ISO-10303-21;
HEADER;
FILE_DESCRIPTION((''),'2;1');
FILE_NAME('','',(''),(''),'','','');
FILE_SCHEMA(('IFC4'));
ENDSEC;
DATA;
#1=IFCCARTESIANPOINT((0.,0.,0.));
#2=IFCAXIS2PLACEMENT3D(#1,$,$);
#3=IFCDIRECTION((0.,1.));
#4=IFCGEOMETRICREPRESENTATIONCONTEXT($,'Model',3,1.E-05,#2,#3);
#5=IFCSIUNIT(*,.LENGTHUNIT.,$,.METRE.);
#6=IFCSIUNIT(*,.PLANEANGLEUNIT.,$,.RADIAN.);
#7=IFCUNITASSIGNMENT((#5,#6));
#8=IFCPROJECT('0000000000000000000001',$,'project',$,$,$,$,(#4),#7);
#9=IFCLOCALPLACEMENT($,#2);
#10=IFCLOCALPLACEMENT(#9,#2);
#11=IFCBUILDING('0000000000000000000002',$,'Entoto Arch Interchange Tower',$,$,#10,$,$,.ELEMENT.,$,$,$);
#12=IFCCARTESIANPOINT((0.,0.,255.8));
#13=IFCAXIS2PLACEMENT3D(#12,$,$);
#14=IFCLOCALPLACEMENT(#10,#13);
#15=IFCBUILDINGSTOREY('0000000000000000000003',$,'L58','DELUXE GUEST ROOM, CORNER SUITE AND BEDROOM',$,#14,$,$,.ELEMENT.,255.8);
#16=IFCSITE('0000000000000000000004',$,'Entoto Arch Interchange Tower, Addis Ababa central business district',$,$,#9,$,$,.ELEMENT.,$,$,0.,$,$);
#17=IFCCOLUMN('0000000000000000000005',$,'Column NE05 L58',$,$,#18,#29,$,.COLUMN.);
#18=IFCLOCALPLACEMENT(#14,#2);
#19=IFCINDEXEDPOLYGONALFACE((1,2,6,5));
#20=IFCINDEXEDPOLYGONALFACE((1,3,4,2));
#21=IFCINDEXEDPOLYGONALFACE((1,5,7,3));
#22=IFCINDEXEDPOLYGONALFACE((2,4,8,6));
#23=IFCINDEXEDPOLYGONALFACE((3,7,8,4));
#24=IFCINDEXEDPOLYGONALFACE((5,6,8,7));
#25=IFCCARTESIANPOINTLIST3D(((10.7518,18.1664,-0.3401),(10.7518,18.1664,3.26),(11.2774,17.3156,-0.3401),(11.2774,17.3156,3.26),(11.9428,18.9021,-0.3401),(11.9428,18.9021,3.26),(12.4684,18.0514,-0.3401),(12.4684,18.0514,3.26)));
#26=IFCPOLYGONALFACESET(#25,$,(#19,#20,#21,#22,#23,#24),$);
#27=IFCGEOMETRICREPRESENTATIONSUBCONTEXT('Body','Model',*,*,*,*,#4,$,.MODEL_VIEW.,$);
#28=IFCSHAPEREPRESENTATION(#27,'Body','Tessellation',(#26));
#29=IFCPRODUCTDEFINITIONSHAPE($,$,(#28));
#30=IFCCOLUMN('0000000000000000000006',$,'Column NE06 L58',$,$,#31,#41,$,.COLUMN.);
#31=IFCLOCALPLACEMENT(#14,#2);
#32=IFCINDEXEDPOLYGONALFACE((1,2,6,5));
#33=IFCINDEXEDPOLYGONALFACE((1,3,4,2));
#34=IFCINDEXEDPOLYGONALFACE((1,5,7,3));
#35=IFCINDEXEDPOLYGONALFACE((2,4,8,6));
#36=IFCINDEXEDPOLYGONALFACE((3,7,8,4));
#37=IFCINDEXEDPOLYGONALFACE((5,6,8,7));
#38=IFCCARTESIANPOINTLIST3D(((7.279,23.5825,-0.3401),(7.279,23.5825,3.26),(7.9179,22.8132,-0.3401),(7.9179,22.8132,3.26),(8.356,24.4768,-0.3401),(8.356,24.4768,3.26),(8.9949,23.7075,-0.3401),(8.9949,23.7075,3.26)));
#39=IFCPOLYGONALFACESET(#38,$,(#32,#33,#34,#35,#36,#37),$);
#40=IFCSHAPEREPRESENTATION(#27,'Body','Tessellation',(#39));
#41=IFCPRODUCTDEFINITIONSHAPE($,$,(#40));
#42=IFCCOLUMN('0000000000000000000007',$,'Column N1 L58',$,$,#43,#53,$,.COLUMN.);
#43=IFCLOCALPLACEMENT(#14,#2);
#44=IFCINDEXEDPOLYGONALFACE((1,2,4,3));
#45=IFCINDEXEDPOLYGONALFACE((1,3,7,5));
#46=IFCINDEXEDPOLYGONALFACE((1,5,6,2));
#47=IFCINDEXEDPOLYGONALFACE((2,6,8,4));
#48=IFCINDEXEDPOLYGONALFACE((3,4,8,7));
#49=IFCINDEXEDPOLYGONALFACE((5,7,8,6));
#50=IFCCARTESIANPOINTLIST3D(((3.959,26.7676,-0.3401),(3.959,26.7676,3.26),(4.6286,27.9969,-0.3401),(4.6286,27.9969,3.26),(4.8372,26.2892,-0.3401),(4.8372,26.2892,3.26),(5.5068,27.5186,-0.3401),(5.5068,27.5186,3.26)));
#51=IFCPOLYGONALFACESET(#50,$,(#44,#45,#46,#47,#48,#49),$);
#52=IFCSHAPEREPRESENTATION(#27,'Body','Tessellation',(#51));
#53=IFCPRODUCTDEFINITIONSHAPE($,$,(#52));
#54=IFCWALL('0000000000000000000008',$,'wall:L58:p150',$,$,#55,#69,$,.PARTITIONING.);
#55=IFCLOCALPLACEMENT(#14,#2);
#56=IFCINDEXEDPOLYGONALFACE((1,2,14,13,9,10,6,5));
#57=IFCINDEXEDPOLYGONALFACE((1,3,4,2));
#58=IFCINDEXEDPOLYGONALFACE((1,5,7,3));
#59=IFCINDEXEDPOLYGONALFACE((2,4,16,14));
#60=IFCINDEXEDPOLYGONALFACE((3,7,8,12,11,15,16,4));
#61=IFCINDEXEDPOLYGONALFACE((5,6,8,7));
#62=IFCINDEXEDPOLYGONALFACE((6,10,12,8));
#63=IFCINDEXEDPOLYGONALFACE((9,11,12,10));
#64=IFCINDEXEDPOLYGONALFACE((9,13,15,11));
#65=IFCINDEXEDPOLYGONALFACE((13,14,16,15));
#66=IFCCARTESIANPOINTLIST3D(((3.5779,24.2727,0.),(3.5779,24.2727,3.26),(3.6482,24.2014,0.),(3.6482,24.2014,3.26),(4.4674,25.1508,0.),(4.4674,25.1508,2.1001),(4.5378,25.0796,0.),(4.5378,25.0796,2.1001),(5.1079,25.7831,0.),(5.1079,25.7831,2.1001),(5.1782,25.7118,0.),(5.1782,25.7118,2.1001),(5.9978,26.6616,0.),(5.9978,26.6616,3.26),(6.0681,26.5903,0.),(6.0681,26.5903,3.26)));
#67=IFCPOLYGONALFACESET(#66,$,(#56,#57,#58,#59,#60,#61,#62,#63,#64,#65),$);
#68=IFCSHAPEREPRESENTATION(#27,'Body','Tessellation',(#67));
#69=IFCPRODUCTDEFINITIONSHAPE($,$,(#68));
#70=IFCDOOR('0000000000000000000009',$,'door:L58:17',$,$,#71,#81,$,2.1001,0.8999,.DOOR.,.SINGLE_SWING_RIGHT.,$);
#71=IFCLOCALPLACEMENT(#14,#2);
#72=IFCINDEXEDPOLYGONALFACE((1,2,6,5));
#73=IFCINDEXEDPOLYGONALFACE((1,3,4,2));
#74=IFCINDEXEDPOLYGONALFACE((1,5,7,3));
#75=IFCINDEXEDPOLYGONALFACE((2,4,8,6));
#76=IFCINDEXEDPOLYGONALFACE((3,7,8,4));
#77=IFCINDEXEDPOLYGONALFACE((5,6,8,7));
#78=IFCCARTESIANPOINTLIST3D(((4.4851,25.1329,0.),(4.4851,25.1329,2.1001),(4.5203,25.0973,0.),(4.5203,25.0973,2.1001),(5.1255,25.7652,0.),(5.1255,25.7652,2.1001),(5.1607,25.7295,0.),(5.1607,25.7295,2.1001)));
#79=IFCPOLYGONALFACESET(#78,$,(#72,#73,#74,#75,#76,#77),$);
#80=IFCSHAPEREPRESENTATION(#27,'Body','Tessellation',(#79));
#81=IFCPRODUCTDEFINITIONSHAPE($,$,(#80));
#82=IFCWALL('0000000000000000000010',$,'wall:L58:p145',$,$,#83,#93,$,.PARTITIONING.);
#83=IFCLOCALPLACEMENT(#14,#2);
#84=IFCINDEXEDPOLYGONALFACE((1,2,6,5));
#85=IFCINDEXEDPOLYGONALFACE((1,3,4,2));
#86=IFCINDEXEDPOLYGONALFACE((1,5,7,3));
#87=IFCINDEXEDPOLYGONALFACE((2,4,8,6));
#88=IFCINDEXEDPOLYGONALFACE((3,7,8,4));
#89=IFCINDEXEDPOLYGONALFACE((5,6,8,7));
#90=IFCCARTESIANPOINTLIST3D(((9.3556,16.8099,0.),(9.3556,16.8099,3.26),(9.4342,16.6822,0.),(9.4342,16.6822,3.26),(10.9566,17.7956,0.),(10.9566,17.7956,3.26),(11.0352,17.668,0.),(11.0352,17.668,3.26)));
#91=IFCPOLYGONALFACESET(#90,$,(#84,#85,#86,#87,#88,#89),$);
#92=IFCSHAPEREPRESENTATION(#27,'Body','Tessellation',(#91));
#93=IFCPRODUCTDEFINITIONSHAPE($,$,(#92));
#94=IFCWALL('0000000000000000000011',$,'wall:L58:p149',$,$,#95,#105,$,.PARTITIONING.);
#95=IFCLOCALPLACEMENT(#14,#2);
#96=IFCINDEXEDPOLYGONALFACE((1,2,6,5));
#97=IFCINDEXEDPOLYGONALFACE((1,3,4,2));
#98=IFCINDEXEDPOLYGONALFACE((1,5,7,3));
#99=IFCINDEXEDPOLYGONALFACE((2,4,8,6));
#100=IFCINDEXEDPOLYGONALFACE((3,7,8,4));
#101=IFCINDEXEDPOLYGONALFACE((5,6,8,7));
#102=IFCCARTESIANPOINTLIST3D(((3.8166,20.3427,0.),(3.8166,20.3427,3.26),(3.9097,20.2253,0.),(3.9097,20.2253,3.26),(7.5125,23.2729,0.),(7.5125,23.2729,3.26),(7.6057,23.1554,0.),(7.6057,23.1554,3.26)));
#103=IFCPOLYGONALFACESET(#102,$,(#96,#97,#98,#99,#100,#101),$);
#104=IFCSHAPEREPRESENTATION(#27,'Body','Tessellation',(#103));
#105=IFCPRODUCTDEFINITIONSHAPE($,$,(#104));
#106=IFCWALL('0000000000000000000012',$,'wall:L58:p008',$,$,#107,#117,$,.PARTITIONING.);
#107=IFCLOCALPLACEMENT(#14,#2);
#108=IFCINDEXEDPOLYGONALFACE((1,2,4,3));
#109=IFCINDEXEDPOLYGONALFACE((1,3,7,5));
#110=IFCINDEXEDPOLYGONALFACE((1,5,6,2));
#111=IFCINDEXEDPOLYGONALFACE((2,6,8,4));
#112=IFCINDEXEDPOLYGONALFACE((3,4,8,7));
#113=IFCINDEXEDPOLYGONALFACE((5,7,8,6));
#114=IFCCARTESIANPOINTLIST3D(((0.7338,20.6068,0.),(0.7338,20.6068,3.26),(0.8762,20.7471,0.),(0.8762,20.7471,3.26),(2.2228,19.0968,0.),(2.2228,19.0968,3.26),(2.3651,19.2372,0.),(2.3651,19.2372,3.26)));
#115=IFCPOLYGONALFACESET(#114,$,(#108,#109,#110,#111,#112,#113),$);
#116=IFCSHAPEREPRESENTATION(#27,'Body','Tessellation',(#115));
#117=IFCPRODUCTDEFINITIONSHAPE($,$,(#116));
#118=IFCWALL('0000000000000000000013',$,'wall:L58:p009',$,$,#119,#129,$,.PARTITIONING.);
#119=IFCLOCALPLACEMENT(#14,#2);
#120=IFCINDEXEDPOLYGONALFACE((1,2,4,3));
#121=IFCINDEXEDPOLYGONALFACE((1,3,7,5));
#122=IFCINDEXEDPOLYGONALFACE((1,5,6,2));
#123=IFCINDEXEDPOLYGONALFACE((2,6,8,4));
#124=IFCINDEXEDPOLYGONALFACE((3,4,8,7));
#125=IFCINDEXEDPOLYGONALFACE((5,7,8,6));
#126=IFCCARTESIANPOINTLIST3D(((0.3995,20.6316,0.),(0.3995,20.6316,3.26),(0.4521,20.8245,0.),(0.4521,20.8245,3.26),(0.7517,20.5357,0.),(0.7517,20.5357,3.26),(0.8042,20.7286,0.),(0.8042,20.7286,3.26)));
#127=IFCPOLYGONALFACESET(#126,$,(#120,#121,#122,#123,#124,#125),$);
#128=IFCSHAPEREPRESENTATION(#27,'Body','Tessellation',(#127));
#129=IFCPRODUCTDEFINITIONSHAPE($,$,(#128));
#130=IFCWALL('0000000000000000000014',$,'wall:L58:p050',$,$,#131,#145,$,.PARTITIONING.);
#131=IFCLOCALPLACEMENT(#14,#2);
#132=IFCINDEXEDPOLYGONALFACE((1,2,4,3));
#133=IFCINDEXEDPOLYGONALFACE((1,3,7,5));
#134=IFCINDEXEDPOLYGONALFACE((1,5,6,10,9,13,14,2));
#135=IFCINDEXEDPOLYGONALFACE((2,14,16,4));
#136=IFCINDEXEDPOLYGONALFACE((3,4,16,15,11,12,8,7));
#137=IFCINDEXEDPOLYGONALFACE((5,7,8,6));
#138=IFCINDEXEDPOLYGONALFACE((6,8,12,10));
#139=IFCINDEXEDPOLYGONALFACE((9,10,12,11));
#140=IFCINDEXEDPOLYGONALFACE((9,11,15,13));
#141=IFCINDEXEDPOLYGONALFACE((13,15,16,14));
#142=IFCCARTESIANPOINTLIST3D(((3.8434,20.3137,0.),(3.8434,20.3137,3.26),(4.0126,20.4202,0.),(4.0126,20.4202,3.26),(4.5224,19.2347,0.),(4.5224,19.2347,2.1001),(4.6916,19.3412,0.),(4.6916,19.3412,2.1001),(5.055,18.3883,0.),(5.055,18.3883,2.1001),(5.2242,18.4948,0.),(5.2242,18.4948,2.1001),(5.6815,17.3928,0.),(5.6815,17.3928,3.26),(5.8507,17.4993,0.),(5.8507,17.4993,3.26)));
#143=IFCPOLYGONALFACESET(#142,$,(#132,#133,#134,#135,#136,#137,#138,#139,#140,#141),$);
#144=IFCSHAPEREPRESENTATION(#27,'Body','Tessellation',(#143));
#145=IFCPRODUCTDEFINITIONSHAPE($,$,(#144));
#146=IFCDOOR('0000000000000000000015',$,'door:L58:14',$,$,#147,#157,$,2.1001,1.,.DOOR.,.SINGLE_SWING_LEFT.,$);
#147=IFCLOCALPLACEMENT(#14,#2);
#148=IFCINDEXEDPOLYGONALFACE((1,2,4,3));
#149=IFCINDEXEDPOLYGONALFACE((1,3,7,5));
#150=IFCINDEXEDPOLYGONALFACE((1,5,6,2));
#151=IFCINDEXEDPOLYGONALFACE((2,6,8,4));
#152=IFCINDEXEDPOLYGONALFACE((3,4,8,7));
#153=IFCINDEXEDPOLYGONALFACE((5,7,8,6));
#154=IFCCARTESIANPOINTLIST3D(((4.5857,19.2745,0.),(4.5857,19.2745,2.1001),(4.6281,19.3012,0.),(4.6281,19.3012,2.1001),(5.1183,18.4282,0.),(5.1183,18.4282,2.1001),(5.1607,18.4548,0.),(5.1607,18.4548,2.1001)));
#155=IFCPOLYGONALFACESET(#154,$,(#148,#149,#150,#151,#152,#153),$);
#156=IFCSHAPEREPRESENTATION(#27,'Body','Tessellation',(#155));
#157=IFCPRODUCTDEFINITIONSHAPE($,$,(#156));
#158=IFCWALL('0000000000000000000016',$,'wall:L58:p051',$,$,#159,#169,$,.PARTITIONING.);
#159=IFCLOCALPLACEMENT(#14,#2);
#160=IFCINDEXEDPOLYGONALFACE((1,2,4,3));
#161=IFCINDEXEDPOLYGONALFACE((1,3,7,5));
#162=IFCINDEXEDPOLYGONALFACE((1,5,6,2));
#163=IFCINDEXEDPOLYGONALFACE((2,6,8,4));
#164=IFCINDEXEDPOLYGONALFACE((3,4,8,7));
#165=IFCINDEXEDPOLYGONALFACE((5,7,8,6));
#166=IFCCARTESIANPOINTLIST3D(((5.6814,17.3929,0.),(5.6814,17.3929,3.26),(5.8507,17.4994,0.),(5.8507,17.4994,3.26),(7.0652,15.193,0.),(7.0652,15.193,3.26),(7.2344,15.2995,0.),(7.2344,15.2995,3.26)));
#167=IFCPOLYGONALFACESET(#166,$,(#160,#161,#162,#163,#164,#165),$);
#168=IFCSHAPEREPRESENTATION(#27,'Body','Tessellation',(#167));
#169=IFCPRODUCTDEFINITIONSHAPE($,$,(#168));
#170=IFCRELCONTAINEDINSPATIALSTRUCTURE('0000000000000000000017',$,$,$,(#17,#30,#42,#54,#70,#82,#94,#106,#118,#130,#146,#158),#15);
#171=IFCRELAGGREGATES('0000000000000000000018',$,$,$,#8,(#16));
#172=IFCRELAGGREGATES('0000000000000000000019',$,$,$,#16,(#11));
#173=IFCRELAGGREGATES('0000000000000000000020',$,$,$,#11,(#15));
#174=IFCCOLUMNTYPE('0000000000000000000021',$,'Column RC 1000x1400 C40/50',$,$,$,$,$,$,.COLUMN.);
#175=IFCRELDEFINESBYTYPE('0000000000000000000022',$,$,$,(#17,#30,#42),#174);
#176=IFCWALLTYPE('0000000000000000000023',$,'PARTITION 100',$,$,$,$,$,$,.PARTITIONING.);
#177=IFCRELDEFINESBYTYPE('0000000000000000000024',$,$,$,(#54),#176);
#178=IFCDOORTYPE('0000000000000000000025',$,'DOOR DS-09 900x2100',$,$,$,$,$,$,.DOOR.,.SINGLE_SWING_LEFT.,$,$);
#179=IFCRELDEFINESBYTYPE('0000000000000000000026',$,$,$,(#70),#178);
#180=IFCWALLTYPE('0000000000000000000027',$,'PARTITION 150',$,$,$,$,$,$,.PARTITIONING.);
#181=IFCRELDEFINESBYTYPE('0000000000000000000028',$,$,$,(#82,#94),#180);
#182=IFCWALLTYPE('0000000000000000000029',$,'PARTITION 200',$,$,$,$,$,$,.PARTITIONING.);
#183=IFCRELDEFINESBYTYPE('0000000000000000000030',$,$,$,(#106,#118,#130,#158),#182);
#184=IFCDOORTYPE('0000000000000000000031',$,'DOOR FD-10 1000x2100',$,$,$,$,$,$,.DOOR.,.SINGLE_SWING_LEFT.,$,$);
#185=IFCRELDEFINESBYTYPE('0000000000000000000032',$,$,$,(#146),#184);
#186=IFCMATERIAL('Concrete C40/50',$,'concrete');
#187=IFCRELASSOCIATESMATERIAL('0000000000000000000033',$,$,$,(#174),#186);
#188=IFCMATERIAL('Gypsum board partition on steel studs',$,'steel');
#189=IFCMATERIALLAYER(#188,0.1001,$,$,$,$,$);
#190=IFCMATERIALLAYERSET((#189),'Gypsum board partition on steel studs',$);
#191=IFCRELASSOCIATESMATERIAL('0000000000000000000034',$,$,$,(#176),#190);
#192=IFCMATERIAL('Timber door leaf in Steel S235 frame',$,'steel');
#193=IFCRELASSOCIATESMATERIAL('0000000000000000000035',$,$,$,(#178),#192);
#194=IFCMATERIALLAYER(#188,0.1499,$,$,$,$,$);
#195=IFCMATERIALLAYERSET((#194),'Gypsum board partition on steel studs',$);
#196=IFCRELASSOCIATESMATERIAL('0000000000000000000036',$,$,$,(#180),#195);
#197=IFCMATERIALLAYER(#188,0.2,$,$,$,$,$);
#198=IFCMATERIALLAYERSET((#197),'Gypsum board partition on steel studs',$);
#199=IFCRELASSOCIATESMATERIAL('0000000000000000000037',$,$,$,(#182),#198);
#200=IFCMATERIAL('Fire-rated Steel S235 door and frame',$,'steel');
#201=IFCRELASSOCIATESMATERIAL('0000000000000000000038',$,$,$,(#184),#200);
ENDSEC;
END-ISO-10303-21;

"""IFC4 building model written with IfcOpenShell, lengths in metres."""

from ifc_helpers import new_model, si_unit, direction, frame, frame_2d, origin, origin_2d, place, context, subcontext, project, spatial, rectangle, extrude, material, layer, layer_set, material_profile, profile_set, type_object, element, fill, save


model = new_model("IFC4")

# Units and contexts
model_context = context("Model", 3, precision=1e-05, world=origin(), true_north=direction((0.0, 1.0)))
body_context = subcontext(model_context, "Body", "Model", "MODEL_VIEW")
ifc_project = project(units=[si_unit("LENGTHUNIT", "METRE"), si_unit("PLANEANGLEUNIT", "RADIAN")], contexts=[model_context])

# Site, building, storey
site_placement = place(None, origin())
site = spatial("IfcSite", under=ifc_project, at=site_placement, Name="Entoto Arch Interchange Tower, Addis Ababa central business district", CompositionType="ELEMENT", RefElevation=0.0)
building_placement = place(site_placement, origin())
building = spatial("IfcBuilding", under=site, at=building_placement, Name="Entoto Arch Interchange Tower", CompositionType="ELEMENT")
storey_placement = place(building_placement, frame((0.0, 0.0, 255.8)))
storey = spatial("IfcBuildingStorey", under=building, at=storey_placement, Name="L58", Description="DELUXE GUEST ROOM, CORNER SUITE AND BEDROOM", CompositionType="ELEMENT", Elevation=255.8)

# Columns
ifc_material_1 = material(Name="Concrete C40/50", Category="concrete")
ifc_material_profile = material_profile(ifc_material_1, rectangle(XDim=1.0, YDim=1.3999, at=origin_2d()))
ifc_profile_set = profile_set([ifc_material_profile], Name="Concrete C40/50")
column_type = type_object("IfcColumnType", Name="Column RC 1000x1400 C40/50", PredefinedType="COLUMN", material=ifc_profile_set)
for number, where, z_axis, x_axis, name in (
    (1, (11.6101, 18.1089, -0.3401), (0.0, 0.0, 1.0), (-0.525576, 0.850747, 0.0), "Column NE05 L58"),
    (2, (8.137, 23.645, -0.3401), (0.0, 0.0, 1.0), (-0.638835, 0.769344, 0.0), "Column NE06 L58"),
    (3, (4.7329, 27.1431, -0.3401), (0.0, 0.0, 1.0), (-0.878175, 0.478339, 0.0), "Column N1 L58"),
):
    element("IfcColumn", number, at=place(storey_placement, frame(where, z_axis=z_axis, x_axis=x_axis)), inside=storey, type_object=column_type, Name=name, PredefinedType="COLUMN", context=body_context, shape_type="SweptSolid", body=[
        extrude(rectangle(XDim=1.0, YDim=1.3999, at=origin_2d()), origin(), (0.0, 0.0, 1.0), 3.6001),
    ])

# Wall, opening, door
ifc_material_2 = material(Name="Gypsum board partition on steel studs", Category="steel")
ifc_layer_1 = layer(ifc_material_2, 0.1001)
ifc_layer_set_1 = layer_set([ifc_layer_1], Name="Gypsum board partition on steel studs")
wall_type_1 = type_object("IfcWallType", Name="PARTITION 100", PredefinedType="PARTITIONING", material=ifc_layer_set_1)
wall_1_placement = place(storey_placement, frame((3.613, 24.2371, 0.0), z_axis=(0.0, 0.0, 1.0), x_axis=(0.711651, 0.702533, 0.0)))
wall_1 = element("IfcWall", 4, at=wall_1_placement, inside=storey, type_object=wall_type_1, Name="wall:L58:p150", PredefinedType="PARTITIONING", context=body_context, shape_type="SweptSolid", body=[
    extrude(rectangle(XDim=3.4004, YDim=0.1001, at=frame_2d((1.7002, 0.0))), origin(), (0.0, 0.0, 1.0), 3.26),
])
opening_1_placement = place(wall_1_placement, frame((1.25, 0.0, 0.0)))
opening_1 = element("IfcOpeningElement", 5, at=opening_1_placement, cuts=wall_1, PredefinedType="OPENING", context=body_context, shape_type="SweptSolid", body=[
    extrude(rectangle(XDim=0.8999, YDim=2.1001, at=frame_2d((0.45, 1.05))), frame((0.0, 0.0601, 0.0), z_axis=(0.0, -1.0, 0.0), x_axis=(1.0, 0.0, 0.0)), (0.0, 0.0, 1.0), 0.1201),
])
ifc_material_3 = material(Name="Timber door leaf in Steel S235 frame", Category="steel")
door_type_1 = type_object("IfcDoorType", Name="DOOR DS-09 900x2100", OperationType="SINGLE_SWING_LEFT", PredefinedType="DOOR", material=ifc_material_3)
door_1_placement = place(opening_1_placement, origin())
door_1 = element("IfcDoor", 6, at=door_1_placement, inside=storey, type_object=door_type_1, Name="door:L58:17", OperationType="SINGLE_SWING_RIGHT", OverallHeight=2.1001, OverallWidth=0.8999, PredefinedType="DOOR", context=body_context, shape_type="SweptSolid", body=[
    extrude(rectangle(XDim=0.8999, YDim=2.1001, at=frame_2d((0.45, 1.05))), frame((0.0, 0.0249, 0.0), z_axis=(0.0, -1.0, 0.0), x_axis=(1.0, 0.0, 0.0)), (0.0, 0.0, 1.0), 0.05),
])
fill(opening_1, door_1)

# Walls
ifc_layer_2 = layer(ifc_material_2, 0.1499)
ifc_layer_set_2 = layer_set([ifc_layer_2], Name="Gypsum board partition on steel studs")
wall_type_2 = type_object("IfcWallType", Name="PARTITION 150", PredefinedType="PARTITIONING", material=ifc_layer_set_2)
wall_2_placement = place(storey_placement, frame((9.395, 16.7461, 0.0), z_axis=(0.0, 0.0, 1.0), x_axis=(0.851525, 0.524315, 0.0)))
element("IfcWall", 7, at=wall_2_placement, inside=storey, type_object=wall_type_2, Name="wall:L58:p145", PredefinedType="PARTITIONING", context=body_context, shape_type="SweptSolid", body=[
    extrude(rectangle(XDim=1.8801, YDim=0.1499, at=frame_2d((0.9399, 0.0))), origin(), (0.0, 0.0, 1.0), 3.26),
])
wall_3_placement = place(storey_placement, frame((3.863, 20.2839, 0.0), z_axis=(0.0, 0.0, 1.0), x_axis=(0.783618, 0.621242, 0.0)))
element("IfcWall", 8, at=wall_3_placement, inside=storey, type_object=wall_type_2, Name="wall:L58:p149", PredefinedType="PARTITIONING", context=body_context, shape_type="SweptSolid", body=[
    extrude(rectangle(XDim=4.7166, YDim=0.1499, at=frame_2d((2.3584, 0.0))), origin(), (0.0, 0.0, 1.0), 3.26),
])
ifc_layer_3 = layer(ifc_material_2, 0.2)
ifc_layer_set_3 = layer_set([ifc_layer_3], Name="Gypsum board partition on steel studs")
wall_type_3 = type_object("IfcWallType", Name="PARTITION 200", PredefinedType="PARTITIONING", material=ifc_layer_set_3)
wall_4_placement = place(storey_placement, frame((2.2939, 19.167, 0.0), z_axis=(0.0, 0.0, 1.0), x_axis=(-0.702139, 0.71204, 0.0)))
element("IfcWall", 9, at=wall_4_placement, inside=storey, type_object=wall_type_3, Name="wall:L58:p008", PredefinedType="PARTITIONING", context=body_context, shape_type="SweptSolid", body=[
    extrude(rectangle(XDim=2.1206, YDim=0.2, at=frame_2d((1.0603, 0.0))), origin(), (0.0, 0.0, 1.0), 3.26),
])
wall_5_placement = place(storey_placement, frame((0.7781, 20.6321, 0.0), z_axis=(0.0, 0.0, 1.0), x_axis=(-0.96481, 0.262948, 0.0)))
element("IfcWall", 10, at=wall_5_placement, inside=storey, type_object=wall_type_3, Name="wall:L58:p009", PredefinedType="PARTITIONING", context=body_context, shape_type="SweptSolid", body=[
    extrude(rectangle(XDim=0.365, YDim=0.2, at=frame_2d((0.1826, 0.0))), origin(), (0.0, 0.0, 1.0), 3.26),
])

# Wall, opening, door
wall_6_placement = place(storey_placement, frame((3.928, 20.3669, 0.0), z_axis=(0.0, 0.0, 1.0), x_axis=(0.532616, -0.846357, 0.0)))
wall_6 = element("IfcWall", 11, at=wall_6_placement, inside=storey, type_object=wall_type_3, Name="wall:L58:p050", PredefinedType="PARTITIONING", context=body_context, shape_type="SweptSolid", body=[
    extrude(rectangle(XDim=3.4512, YDim=0.2, at=frame_2d((1.7256, 0.0))), origin(), (0.0, 0.0, 1.0), 3.26),
])
opening_2_placement = place(wall_6_placement, frame((1.2749, 0.0, 0.0)))
opening_2 = element("IfcOpeningElement", 12, at=opening_2_placement, cuts=wall_6, PredefinedType="OPENING", context=body_context, shape_type="SweptSolid", body=[
    extrude(rectangle(XDim=1.0, YDim=2.1001, at=frame_2d((0.5, 1.05))), frame((0.0, 0.1099, 0.0), z_axis=(0.0, -1.0, 0.0), x_axis=(1.0, 0.0, 0.0)), (0.0, 0.0, 1.0), 0.22),
])
ifc_material_4 = material(Name="Fire-rated Steel S235 door and frame", Category="steel")
door_type_2 = type_object("IfcDoorType", Name="DOOR FD-10 1000x2100", OperationType="SINGLE_SWING_LEFT", PredefinedType="DOOR", material=ifc_material_4)
door_2_placement = place(opening_2_placement, origin())
door_2 = element("IfcDoor", 13, at=door_2_placement, inside=storey, type_object=door_type_2, Name="door:L58:14", OperationType="SINGLE_SWING_LEFT", OverallHeight=2.1001, OverallWidth=1.0, PredefinedType="DOOR", context=body_context, shape_type="SweptSolid", body=[
    extrude(rectangle(XDim=1.0, YDim=2.1001, at=frame_2d((0.5, 1.05))), frame((0.0, 0.0249, 0.0), z_axis=(0.0, -1.0, 0.0), x_axis=(1.0, 0.0, 0.0)), (0.0, 0.0, 1.0), 0.05),
])
fill(opening_2, door_2)

# Wall
wall_7_placement = place(storey_placement, frame((5.7661, 17.446, 0.0), z_axis=(0.0, 0.0, 1.0), x_axis=(0.532437, -0.84647, 0.0)))
element("IfcWall", 14, at=wall_7_placement, inside=storey, type_object=wall_type_3, Name="wall:L58:p051", PredefinedType="PARTITIONING", context=body_context, shape_type="SweptSolid", body=[
    extrude(rectangle(XDim=2.5989, YDim=0.2, at=frame_2d((1.2993, 0.0))), origin(), (0.0, 0.0, 1.0), 3.26),
])

save(model, "model.ifc")
